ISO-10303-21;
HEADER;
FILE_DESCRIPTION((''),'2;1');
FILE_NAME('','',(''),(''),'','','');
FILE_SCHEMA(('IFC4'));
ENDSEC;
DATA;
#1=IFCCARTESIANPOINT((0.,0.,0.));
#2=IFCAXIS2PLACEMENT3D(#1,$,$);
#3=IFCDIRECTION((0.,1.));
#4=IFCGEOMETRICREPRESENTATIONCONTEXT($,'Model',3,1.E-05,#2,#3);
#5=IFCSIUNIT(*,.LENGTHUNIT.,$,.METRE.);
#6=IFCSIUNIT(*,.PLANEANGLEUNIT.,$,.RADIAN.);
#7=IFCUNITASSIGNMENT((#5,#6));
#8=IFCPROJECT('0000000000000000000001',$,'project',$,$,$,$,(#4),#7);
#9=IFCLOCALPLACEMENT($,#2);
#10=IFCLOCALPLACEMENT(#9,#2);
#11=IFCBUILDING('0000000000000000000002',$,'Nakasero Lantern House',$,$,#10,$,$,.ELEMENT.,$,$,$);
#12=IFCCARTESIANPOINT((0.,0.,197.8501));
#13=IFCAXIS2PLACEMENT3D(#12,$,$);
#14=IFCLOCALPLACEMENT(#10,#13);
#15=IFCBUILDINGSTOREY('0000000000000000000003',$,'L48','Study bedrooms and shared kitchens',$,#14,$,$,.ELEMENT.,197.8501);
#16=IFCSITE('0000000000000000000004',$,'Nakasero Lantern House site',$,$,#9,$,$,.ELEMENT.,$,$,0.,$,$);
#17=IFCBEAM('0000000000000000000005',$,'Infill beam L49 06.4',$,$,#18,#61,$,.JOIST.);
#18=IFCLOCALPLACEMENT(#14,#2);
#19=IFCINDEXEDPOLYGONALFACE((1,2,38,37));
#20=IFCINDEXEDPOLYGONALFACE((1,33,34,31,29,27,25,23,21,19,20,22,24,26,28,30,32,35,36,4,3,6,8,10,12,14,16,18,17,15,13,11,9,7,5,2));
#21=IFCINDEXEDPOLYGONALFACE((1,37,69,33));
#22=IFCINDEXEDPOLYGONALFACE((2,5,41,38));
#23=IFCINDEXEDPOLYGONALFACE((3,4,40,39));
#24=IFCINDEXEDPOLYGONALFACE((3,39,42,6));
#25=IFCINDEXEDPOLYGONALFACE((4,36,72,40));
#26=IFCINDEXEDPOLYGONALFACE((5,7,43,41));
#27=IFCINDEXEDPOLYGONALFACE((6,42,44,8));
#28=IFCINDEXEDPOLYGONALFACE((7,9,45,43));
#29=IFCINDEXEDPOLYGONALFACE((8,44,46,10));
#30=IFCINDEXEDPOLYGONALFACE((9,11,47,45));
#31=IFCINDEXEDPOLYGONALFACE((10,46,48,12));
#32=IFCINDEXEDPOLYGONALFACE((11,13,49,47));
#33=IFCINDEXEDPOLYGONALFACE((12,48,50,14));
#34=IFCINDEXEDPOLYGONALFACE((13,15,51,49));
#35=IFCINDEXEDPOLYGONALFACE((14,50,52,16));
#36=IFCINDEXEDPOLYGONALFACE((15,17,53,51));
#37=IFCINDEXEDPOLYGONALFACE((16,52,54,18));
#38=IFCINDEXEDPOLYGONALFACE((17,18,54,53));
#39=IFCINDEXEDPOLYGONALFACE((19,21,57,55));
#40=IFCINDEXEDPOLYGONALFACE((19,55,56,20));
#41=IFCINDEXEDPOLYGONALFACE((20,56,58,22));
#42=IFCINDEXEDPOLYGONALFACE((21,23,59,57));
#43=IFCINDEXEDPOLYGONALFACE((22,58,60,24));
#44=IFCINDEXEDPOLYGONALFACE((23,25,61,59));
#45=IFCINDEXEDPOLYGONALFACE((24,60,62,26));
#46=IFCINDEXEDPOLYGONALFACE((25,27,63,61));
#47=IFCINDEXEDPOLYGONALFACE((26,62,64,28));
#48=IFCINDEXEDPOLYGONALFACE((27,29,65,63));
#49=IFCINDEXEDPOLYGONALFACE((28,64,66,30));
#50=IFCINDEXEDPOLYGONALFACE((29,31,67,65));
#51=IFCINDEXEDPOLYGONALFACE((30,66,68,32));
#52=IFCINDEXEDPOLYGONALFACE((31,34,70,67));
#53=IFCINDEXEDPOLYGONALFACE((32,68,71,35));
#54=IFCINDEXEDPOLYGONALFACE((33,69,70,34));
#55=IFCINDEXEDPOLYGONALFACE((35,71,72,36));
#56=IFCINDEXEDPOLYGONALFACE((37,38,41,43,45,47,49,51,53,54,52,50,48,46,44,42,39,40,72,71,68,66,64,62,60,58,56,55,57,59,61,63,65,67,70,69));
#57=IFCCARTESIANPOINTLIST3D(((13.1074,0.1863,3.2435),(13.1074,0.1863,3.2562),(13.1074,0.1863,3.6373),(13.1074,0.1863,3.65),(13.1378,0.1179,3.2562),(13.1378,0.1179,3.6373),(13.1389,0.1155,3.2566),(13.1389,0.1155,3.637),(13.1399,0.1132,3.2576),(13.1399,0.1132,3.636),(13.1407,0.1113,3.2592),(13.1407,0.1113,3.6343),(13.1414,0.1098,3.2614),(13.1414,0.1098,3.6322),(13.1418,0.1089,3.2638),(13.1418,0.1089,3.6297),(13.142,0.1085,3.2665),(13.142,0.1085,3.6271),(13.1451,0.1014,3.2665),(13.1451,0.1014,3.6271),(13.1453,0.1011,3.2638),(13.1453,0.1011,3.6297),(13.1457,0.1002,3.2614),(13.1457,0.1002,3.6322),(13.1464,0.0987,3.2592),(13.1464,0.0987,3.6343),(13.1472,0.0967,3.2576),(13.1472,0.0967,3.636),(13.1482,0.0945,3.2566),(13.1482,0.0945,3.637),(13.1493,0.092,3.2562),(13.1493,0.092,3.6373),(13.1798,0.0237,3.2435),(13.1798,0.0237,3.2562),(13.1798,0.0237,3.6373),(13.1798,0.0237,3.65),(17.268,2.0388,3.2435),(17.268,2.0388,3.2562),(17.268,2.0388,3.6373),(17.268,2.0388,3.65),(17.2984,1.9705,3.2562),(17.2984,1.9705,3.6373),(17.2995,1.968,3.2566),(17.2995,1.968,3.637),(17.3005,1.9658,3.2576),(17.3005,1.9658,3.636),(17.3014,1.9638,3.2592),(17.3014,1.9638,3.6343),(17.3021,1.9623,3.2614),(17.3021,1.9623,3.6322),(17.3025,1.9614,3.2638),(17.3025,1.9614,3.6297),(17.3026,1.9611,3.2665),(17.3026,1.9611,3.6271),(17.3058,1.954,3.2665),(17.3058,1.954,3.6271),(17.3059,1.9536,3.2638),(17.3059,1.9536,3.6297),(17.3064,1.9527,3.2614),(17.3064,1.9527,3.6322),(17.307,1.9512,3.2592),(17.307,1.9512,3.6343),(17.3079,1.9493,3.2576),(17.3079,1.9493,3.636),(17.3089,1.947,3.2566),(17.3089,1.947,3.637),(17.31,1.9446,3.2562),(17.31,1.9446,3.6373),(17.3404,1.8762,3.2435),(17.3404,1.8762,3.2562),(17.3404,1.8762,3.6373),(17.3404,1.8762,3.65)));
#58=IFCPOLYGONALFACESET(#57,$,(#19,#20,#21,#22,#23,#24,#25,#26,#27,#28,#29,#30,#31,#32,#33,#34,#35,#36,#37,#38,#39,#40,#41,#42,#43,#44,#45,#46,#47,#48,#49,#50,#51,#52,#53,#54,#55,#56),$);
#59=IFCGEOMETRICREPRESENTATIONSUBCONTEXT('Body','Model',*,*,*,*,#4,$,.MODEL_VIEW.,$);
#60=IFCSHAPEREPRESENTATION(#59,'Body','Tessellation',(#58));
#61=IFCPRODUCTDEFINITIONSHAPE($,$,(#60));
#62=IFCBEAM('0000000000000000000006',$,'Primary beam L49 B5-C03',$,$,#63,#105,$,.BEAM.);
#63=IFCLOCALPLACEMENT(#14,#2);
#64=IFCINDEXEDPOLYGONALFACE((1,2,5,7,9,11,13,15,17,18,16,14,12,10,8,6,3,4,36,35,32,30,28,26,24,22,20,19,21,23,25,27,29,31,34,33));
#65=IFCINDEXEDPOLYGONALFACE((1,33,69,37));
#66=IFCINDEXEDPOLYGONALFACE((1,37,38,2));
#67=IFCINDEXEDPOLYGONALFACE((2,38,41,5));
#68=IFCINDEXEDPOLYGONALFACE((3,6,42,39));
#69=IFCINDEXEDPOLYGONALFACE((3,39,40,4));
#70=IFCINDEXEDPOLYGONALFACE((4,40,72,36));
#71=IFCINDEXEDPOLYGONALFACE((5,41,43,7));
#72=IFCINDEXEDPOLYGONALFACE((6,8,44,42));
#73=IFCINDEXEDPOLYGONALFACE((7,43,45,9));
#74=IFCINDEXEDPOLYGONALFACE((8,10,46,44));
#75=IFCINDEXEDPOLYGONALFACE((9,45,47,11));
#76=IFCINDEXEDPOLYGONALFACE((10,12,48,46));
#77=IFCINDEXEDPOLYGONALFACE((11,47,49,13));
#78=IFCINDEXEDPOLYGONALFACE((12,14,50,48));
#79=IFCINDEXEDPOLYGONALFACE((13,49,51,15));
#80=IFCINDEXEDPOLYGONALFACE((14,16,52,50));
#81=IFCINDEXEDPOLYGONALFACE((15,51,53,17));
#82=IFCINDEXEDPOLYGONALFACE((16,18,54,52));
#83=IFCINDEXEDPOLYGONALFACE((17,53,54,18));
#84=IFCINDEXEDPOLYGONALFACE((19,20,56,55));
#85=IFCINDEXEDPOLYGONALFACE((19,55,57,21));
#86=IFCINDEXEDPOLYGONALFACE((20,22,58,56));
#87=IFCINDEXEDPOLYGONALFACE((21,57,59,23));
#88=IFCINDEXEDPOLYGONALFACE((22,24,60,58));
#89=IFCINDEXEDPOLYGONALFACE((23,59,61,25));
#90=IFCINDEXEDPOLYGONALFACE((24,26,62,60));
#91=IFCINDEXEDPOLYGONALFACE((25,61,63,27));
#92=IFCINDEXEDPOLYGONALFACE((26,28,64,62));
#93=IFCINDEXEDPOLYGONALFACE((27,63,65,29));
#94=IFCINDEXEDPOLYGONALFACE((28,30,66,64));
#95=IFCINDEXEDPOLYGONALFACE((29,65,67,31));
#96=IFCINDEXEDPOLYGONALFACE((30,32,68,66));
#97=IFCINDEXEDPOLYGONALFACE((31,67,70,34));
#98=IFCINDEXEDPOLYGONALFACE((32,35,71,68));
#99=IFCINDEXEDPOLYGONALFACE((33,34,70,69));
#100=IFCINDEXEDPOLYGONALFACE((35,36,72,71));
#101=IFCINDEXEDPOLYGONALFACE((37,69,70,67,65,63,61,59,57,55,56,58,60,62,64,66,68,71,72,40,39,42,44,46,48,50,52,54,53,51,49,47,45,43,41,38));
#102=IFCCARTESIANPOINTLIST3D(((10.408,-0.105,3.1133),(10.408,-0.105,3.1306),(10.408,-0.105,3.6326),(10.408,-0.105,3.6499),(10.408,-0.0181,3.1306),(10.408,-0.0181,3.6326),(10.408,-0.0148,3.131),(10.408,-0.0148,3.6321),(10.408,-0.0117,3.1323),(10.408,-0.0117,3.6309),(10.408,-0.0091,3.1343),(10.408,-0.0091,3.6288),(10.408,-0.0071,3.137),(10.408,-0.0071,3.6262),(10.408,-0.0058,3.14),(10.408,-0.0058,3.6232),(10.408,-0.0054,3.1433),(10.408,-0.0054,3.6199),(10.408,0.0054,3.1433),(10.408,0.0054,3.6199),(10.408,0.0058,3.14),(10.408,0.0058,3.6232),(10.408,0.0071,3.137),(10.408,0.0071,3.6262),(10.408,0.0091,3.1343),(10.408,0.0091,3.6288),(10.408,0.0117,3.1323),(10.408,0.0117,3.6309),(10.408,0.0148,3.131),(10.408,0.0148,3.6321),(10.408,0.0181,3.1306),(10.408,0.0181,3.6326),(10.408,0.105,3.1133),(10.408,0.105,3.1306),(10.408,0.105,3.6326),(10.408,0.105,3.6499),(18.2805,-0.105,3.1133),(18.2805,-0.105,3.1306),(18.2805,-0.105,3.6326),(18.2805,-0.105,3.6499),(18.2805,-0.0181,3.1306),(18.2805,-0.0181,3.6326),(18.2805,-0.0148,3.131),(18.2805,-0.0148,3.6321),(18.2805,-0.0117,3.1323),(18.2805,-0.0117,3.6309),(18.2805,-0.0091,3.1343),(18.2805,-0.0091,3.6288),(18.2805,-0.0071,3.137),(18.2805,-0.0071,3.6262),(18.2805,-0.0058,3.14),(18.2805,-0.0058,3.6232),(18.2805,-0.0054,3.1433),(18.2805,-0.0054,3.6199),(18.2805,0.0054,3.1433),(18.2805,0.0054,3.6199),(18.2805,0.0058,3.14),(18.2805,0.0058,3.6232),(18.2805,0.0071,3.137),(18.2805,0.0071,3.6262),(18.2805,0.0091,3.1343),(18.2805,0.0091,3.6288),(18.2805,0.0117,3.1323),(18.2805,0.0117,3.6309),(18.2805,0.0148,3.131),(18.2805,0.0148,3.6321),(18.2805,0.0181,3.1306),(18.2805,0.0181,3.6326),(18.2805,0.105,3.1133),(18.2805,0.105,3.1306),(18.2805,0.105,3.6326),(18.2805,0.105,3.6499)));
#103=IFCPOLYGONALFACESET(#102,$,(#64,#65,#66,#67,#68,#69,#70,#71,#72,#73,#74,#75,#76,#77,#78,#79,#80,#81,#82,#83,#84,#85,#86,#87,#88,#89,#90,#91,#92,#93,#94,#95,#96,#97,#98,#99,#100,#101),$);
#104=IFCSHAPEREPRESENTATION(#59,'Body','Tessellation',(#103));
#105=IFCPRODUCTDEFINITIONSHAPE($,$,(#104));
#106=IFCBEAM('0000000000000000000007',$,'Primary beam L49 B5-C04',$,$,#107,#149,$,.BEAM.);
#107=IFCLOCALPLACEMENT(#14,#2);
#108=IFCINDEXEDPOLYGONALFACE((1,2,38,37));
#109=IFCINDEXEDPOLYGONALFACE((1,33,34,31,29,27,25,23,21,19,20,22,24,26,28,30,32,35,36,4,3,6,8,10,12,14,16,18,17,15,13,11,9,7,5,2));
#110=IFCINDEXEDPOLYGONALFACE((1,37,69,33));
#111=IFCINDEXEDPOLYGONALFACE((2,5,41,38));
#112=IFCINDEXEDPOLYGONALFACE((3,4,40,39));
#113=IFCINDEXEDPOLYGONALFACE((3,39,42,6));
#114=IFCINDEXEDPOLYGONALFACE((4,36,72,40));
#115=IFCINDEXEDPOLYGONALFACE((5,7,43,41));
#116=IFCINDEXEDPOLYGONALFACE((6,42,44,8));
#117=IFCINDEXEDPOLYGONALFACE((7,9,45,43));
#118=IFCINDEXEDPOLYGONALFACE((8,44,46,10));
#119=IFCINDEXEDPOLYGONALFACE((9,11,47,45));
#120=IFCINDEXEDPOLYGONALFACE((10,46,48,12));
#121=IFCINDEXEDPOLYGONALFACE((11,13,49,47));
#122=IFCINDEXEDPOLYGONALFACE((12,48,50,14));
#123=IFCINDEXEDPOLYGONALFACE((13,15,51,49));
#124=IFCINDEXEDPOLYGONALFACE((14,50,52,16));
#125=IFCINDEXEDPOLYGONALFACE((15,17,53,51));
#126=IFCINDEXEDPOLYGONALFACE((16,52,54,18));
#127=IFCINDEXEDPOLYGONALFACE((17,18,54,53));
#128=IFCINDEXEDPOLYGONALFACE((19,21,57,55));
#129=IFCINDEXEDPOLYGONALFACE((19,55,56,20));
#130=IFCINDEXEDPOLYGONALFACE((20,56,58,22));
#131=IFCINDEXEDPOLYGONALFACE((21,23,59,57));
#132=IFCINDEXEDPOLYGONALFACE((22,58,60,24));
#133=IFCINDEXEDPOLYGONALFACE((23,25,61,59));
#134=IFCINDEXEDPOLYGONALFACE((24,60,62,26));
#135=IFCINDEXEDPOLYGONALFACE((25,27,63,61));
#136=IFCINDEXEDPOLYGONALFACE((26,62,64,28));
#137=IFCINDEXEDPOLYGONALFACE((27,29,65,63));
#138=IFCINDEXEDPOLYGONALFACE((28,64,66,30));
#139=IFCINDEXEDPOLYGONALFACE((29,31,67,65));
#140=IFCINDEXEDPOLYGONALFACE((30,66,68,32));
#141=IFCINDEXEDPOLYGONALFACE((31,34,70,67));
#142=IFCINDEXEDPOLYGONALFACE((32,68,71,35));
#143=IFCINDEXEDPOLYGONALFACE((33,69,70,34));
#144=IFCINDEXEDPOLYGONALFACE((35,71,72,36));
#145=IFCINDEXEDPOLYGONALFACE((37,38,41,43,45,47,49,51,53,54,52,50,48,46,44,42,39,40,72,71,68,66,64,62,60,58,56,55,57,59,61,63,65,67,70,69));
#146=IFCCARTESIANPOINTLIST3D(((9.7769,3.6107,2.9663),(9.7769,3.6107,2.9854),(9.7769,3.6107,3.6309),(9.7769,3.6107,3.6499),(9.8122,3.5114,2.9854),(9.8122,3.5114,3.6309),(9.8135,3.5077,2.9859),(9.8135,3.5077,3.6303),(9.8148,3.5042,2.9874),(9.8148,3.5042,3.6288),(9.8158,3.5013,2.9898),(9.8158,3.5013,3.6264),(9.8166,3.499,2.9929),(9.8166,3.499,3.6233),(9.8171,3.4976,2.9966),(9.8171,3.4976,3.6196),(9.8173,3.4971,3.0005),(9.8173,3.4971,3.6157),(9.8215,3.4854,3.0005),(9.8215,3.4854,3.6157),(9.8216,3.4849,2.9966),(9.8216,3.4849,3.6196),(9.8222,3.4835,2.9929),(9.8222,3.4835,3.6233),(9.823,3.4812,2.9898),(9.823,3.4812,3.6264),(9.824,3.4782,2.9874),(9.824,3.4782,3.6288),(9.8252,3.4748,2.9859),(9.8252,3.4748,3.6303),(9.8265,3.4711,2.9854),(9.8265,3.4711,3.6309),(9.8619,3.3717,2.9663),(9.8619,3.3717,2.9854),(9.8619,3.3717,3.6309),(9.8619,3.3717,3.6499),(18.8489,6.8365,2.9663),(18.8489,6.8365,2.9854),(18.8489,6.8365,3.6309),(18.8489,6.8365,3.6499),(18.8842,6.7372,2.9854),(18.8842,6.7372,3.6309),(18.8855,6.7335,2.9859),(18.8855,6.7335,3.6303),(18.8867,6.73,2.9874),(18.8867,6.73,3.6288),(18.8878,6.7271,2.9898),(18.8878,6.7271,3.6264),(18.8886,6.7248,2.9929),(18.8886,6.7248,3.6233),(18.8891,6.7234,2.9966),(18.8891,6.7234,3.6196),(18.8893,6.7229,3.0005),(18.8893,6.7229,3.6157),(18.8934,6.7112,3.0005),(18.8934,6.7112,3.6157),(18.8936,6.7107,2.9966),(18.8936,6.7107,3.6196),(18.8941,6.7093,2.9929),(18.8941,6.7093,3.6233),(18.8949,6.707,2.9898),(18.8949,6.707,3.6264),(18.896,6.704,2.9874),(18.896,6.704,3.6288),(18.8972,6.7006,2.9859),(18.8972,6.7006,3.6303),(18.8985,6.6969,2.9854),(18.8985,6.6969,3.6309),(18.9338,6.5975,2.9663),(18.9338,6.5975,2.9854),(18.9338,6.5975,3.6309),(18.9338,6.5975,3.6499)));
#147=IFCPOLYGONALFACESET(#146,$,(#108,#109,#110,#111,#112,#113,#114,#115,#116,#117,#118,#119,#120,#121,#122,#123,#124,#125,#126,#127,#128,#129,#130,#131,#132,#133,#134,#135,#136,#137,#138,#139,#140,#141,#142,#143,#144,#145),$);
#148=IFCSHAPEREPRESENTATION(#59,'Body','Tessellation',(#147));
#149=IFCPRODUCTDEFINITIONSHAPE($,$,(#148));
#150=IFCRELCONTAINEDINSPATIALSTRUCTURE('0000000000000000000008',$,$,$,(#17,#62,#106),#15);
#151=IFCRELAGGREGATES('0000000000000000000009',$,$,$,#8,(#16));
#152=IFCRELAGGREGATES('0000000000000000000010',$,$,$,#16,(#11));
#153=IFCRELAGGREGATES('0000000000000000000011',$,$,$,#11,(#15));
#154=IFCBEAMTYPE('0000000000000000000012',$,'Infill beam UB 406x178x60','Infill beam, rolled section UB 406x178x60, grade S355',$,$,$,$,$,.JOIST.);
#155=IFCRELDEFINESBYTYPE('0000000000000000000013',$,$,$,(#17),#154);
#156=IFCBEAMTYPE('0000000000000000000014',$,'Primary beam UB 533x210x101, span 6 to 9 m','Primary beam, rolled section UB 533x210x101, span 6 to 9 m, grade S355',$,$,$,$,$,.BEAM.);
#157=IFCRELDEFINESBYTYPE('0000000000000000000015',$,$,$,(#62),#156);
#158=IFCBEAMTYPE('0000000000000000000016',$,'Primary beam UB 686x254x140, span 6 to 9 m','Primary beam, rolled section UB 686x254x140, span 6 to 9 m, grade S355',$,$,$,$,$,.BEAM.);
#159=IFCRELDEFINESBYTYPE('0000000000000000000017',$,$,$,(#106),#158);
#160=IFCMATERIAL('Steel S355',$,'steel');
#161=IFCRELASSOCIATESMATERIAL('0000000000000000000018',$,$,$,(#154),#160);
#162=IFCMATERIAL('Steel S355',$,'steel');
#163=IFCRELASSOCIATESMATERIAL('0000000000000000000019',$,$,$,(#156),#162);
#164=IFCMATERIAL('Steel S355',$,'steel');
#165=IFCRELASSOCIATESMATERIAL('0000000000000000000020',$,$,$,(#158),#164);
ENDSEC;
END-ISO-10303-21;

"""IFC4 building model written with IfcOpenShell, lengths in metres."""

from ifc_helpers import new_model, si_unit, direction, frame, origin, origin_2d, place, context, subcontext, project, spatial, i_section, extrude, material, material_profile, profile_set, type_object, element, save


model = new_model("IFC4")

# Units and contexts
model_context = context("Model", 3, precision=1e-05, world=origin(), true_north=direction((0.0, 1.0)))
body_context = subcontext(model_context, "Body", "Model", "MODEL_VIEW")
ifc_project = project(units=[si_unit("LENGTHUNIT", "METRE"), si_unit("PLANEANGLEUNIT", "RADIAN")], contexts=[model_context])

# Site, building, storey
site_placement = place(None, origin())
site = spatial("IfcSite", under=ifc_project, at=site_placement, Name="Nakasero Lantern House site", CompositionType="ELEMENT", RefElevation=0.0)
building_placement = place(site_placement, origin())
building = spatial("IfcBuilding", under=site, at=building_placement, Name="Nakasero Lantern House", CompositionType="ELEMENT")
storey_placement = place(building_placement, frame((0.0, 0.0, 197.8501)))
storey = spatial("IfcBuildingStorey", under=building, at=storey_placement, Name="L48", Description="Study bedrooms and shared kitchens", CompositionType="ELEMENT", Elevation=197.8501)

# Beams
ifc_material_1 = material(Name="Steel S355", Category="steel")
ifc_material_profile_1 = material_profile(ifc_material_1, i_section(OverallWidth=0.178, OverallDepth=0.4065, WebThickness=0.0078, FlangeThickness=0.0127, FilletRadius=0.0103, at=origin_2d()), Name="UB 406x178x60")
ifc_profile_set_1 = profile_set([ifc_material_profile_1], Name="Steel S355")
beam_type_1 = type_object("IfcBeamType", Name="Infill beam UB 406x178x60", Description="Infill beam, rolled section UB 406x178x60, grade S355", PredefinedType="JOIST", material=ifc_profile_set_1)
beam_1_placement = place(storey_placement, frame((13.1436, 0.105, 3.4468), z_axis=(0.913537, 0.406755, 0.0), x_axis=(-0.406755, 0.913537, 0.0)))
element("IfcBeam", 1, at=beam_1_placement, inside=storey, type_object=beam_type_1, Name="Infill beam L49 06.4", PredefinedType="JOIST", context=body_context, shape_type="SweptSolid", body=[
    extrude(i_section(OverallWidth=0.178, OverallDepth=0.4065, WebThickness=0.0078, FlangeThickness=0.0127, FilletRadius=0.0103, at=origin_2d()), origin(), (0.0, 0.0, 1.0), 4.5544),
])
ifc_material_2 = material(Name="Steel S355", Category="steel")
ifc_material_profile_2 = material_profile(ifc_material_2, i_section(OverallWidth=0.21, OverallDepth=0.5366, WebThickness=0.0107, FlangeThickness=0.0173, FilletRadius=0.0127, at=origin_2d()), Name="UB 533x210x101")
ifc_profile_set_2 = profile_set([ifc_material_profile_2], Name="Steel S355")
beam_type_2 = type_object("IfcBeamType", Name="Primary beam UB 533x210x101, span 6 to 9 m", Description="Primary beam, rolled section UB 533x210x101, span 6 to 9 m, grade S355", PredefinedType="BEAM", material=ifc_profile_set_2)
beam_2_placement = place(storey_placement, frame((18.2805, 0.0, 3.3816), z_axis=(-1.0, 0.0, 0.0), x_axis=(0.0, -1.0, 0.0)))
element("IfcBeam", 2, at=beam_2_placement, inside=storey, type_object=beam_type_2, Name="Primary beam L49 B5-C03", PredefinedType="BEAM", context=body_context, shape_type="SweptSolid", body=[
    extrude(i_section(OverallWidth=0.21, OverallDepth=0.5366, WebThickness=0.0107, FlangeThickness=0.0173, FilletRadius=0.0127, at=origin_2d()), origin(), (0.0, 0.0, 1.0), 7.8726),
])
ifc_material_3 = material(Name="Steel S355", Category="steel")
ifc_material_profile_3 = material_profile(ifc_material_3, i_section(OverallWidth=0.2537, OverallDepth=0.6836, WebThickness=0.0125, FlangeThickness=0.019, FilletRadius=0.0151, at=origin_2d()), Name="UB 686x254x140")
ifc_profile_set_3 = profile_set([ifc_material_profile_3], Name="Steel S355")
beam_type_3 = type_object("IfcBeamType", Name="Primary beam UB 686x254x140, span 6 to 9 m", Description="Primary beam, rolled section UB 686x254x140, span 6 to 9 m, grade S355", PredefinedType="BEAM", material=ifc_profile_set_3)
beam_3_placement = place(storey_placement, frame((18.8914, 6.717, 3.3081), z_axis=(-0.942207, -0.33503, 0.0), x_axis=(0.33503, -0.942207, 0.0)))
element("IfcBeam", 3, at=beam_3_placement, inside=storey, type_object=beam_type_3, Name="Primary beam L49 B5-C04", PredefinedType="BEAM", context=body_context, shape_type="SweptSolid", body=[
    extrude(i_section(OverallWidth=0.2537, OverallDepth=0.6836, WebThickness=0.0125, FlangeThickness=0.019, FilletRadius=0.0151, at=origin_2d()), origin(), (0.0, 0.0, 1.0), 9.6284),
])

save(model, "model.ifc")
